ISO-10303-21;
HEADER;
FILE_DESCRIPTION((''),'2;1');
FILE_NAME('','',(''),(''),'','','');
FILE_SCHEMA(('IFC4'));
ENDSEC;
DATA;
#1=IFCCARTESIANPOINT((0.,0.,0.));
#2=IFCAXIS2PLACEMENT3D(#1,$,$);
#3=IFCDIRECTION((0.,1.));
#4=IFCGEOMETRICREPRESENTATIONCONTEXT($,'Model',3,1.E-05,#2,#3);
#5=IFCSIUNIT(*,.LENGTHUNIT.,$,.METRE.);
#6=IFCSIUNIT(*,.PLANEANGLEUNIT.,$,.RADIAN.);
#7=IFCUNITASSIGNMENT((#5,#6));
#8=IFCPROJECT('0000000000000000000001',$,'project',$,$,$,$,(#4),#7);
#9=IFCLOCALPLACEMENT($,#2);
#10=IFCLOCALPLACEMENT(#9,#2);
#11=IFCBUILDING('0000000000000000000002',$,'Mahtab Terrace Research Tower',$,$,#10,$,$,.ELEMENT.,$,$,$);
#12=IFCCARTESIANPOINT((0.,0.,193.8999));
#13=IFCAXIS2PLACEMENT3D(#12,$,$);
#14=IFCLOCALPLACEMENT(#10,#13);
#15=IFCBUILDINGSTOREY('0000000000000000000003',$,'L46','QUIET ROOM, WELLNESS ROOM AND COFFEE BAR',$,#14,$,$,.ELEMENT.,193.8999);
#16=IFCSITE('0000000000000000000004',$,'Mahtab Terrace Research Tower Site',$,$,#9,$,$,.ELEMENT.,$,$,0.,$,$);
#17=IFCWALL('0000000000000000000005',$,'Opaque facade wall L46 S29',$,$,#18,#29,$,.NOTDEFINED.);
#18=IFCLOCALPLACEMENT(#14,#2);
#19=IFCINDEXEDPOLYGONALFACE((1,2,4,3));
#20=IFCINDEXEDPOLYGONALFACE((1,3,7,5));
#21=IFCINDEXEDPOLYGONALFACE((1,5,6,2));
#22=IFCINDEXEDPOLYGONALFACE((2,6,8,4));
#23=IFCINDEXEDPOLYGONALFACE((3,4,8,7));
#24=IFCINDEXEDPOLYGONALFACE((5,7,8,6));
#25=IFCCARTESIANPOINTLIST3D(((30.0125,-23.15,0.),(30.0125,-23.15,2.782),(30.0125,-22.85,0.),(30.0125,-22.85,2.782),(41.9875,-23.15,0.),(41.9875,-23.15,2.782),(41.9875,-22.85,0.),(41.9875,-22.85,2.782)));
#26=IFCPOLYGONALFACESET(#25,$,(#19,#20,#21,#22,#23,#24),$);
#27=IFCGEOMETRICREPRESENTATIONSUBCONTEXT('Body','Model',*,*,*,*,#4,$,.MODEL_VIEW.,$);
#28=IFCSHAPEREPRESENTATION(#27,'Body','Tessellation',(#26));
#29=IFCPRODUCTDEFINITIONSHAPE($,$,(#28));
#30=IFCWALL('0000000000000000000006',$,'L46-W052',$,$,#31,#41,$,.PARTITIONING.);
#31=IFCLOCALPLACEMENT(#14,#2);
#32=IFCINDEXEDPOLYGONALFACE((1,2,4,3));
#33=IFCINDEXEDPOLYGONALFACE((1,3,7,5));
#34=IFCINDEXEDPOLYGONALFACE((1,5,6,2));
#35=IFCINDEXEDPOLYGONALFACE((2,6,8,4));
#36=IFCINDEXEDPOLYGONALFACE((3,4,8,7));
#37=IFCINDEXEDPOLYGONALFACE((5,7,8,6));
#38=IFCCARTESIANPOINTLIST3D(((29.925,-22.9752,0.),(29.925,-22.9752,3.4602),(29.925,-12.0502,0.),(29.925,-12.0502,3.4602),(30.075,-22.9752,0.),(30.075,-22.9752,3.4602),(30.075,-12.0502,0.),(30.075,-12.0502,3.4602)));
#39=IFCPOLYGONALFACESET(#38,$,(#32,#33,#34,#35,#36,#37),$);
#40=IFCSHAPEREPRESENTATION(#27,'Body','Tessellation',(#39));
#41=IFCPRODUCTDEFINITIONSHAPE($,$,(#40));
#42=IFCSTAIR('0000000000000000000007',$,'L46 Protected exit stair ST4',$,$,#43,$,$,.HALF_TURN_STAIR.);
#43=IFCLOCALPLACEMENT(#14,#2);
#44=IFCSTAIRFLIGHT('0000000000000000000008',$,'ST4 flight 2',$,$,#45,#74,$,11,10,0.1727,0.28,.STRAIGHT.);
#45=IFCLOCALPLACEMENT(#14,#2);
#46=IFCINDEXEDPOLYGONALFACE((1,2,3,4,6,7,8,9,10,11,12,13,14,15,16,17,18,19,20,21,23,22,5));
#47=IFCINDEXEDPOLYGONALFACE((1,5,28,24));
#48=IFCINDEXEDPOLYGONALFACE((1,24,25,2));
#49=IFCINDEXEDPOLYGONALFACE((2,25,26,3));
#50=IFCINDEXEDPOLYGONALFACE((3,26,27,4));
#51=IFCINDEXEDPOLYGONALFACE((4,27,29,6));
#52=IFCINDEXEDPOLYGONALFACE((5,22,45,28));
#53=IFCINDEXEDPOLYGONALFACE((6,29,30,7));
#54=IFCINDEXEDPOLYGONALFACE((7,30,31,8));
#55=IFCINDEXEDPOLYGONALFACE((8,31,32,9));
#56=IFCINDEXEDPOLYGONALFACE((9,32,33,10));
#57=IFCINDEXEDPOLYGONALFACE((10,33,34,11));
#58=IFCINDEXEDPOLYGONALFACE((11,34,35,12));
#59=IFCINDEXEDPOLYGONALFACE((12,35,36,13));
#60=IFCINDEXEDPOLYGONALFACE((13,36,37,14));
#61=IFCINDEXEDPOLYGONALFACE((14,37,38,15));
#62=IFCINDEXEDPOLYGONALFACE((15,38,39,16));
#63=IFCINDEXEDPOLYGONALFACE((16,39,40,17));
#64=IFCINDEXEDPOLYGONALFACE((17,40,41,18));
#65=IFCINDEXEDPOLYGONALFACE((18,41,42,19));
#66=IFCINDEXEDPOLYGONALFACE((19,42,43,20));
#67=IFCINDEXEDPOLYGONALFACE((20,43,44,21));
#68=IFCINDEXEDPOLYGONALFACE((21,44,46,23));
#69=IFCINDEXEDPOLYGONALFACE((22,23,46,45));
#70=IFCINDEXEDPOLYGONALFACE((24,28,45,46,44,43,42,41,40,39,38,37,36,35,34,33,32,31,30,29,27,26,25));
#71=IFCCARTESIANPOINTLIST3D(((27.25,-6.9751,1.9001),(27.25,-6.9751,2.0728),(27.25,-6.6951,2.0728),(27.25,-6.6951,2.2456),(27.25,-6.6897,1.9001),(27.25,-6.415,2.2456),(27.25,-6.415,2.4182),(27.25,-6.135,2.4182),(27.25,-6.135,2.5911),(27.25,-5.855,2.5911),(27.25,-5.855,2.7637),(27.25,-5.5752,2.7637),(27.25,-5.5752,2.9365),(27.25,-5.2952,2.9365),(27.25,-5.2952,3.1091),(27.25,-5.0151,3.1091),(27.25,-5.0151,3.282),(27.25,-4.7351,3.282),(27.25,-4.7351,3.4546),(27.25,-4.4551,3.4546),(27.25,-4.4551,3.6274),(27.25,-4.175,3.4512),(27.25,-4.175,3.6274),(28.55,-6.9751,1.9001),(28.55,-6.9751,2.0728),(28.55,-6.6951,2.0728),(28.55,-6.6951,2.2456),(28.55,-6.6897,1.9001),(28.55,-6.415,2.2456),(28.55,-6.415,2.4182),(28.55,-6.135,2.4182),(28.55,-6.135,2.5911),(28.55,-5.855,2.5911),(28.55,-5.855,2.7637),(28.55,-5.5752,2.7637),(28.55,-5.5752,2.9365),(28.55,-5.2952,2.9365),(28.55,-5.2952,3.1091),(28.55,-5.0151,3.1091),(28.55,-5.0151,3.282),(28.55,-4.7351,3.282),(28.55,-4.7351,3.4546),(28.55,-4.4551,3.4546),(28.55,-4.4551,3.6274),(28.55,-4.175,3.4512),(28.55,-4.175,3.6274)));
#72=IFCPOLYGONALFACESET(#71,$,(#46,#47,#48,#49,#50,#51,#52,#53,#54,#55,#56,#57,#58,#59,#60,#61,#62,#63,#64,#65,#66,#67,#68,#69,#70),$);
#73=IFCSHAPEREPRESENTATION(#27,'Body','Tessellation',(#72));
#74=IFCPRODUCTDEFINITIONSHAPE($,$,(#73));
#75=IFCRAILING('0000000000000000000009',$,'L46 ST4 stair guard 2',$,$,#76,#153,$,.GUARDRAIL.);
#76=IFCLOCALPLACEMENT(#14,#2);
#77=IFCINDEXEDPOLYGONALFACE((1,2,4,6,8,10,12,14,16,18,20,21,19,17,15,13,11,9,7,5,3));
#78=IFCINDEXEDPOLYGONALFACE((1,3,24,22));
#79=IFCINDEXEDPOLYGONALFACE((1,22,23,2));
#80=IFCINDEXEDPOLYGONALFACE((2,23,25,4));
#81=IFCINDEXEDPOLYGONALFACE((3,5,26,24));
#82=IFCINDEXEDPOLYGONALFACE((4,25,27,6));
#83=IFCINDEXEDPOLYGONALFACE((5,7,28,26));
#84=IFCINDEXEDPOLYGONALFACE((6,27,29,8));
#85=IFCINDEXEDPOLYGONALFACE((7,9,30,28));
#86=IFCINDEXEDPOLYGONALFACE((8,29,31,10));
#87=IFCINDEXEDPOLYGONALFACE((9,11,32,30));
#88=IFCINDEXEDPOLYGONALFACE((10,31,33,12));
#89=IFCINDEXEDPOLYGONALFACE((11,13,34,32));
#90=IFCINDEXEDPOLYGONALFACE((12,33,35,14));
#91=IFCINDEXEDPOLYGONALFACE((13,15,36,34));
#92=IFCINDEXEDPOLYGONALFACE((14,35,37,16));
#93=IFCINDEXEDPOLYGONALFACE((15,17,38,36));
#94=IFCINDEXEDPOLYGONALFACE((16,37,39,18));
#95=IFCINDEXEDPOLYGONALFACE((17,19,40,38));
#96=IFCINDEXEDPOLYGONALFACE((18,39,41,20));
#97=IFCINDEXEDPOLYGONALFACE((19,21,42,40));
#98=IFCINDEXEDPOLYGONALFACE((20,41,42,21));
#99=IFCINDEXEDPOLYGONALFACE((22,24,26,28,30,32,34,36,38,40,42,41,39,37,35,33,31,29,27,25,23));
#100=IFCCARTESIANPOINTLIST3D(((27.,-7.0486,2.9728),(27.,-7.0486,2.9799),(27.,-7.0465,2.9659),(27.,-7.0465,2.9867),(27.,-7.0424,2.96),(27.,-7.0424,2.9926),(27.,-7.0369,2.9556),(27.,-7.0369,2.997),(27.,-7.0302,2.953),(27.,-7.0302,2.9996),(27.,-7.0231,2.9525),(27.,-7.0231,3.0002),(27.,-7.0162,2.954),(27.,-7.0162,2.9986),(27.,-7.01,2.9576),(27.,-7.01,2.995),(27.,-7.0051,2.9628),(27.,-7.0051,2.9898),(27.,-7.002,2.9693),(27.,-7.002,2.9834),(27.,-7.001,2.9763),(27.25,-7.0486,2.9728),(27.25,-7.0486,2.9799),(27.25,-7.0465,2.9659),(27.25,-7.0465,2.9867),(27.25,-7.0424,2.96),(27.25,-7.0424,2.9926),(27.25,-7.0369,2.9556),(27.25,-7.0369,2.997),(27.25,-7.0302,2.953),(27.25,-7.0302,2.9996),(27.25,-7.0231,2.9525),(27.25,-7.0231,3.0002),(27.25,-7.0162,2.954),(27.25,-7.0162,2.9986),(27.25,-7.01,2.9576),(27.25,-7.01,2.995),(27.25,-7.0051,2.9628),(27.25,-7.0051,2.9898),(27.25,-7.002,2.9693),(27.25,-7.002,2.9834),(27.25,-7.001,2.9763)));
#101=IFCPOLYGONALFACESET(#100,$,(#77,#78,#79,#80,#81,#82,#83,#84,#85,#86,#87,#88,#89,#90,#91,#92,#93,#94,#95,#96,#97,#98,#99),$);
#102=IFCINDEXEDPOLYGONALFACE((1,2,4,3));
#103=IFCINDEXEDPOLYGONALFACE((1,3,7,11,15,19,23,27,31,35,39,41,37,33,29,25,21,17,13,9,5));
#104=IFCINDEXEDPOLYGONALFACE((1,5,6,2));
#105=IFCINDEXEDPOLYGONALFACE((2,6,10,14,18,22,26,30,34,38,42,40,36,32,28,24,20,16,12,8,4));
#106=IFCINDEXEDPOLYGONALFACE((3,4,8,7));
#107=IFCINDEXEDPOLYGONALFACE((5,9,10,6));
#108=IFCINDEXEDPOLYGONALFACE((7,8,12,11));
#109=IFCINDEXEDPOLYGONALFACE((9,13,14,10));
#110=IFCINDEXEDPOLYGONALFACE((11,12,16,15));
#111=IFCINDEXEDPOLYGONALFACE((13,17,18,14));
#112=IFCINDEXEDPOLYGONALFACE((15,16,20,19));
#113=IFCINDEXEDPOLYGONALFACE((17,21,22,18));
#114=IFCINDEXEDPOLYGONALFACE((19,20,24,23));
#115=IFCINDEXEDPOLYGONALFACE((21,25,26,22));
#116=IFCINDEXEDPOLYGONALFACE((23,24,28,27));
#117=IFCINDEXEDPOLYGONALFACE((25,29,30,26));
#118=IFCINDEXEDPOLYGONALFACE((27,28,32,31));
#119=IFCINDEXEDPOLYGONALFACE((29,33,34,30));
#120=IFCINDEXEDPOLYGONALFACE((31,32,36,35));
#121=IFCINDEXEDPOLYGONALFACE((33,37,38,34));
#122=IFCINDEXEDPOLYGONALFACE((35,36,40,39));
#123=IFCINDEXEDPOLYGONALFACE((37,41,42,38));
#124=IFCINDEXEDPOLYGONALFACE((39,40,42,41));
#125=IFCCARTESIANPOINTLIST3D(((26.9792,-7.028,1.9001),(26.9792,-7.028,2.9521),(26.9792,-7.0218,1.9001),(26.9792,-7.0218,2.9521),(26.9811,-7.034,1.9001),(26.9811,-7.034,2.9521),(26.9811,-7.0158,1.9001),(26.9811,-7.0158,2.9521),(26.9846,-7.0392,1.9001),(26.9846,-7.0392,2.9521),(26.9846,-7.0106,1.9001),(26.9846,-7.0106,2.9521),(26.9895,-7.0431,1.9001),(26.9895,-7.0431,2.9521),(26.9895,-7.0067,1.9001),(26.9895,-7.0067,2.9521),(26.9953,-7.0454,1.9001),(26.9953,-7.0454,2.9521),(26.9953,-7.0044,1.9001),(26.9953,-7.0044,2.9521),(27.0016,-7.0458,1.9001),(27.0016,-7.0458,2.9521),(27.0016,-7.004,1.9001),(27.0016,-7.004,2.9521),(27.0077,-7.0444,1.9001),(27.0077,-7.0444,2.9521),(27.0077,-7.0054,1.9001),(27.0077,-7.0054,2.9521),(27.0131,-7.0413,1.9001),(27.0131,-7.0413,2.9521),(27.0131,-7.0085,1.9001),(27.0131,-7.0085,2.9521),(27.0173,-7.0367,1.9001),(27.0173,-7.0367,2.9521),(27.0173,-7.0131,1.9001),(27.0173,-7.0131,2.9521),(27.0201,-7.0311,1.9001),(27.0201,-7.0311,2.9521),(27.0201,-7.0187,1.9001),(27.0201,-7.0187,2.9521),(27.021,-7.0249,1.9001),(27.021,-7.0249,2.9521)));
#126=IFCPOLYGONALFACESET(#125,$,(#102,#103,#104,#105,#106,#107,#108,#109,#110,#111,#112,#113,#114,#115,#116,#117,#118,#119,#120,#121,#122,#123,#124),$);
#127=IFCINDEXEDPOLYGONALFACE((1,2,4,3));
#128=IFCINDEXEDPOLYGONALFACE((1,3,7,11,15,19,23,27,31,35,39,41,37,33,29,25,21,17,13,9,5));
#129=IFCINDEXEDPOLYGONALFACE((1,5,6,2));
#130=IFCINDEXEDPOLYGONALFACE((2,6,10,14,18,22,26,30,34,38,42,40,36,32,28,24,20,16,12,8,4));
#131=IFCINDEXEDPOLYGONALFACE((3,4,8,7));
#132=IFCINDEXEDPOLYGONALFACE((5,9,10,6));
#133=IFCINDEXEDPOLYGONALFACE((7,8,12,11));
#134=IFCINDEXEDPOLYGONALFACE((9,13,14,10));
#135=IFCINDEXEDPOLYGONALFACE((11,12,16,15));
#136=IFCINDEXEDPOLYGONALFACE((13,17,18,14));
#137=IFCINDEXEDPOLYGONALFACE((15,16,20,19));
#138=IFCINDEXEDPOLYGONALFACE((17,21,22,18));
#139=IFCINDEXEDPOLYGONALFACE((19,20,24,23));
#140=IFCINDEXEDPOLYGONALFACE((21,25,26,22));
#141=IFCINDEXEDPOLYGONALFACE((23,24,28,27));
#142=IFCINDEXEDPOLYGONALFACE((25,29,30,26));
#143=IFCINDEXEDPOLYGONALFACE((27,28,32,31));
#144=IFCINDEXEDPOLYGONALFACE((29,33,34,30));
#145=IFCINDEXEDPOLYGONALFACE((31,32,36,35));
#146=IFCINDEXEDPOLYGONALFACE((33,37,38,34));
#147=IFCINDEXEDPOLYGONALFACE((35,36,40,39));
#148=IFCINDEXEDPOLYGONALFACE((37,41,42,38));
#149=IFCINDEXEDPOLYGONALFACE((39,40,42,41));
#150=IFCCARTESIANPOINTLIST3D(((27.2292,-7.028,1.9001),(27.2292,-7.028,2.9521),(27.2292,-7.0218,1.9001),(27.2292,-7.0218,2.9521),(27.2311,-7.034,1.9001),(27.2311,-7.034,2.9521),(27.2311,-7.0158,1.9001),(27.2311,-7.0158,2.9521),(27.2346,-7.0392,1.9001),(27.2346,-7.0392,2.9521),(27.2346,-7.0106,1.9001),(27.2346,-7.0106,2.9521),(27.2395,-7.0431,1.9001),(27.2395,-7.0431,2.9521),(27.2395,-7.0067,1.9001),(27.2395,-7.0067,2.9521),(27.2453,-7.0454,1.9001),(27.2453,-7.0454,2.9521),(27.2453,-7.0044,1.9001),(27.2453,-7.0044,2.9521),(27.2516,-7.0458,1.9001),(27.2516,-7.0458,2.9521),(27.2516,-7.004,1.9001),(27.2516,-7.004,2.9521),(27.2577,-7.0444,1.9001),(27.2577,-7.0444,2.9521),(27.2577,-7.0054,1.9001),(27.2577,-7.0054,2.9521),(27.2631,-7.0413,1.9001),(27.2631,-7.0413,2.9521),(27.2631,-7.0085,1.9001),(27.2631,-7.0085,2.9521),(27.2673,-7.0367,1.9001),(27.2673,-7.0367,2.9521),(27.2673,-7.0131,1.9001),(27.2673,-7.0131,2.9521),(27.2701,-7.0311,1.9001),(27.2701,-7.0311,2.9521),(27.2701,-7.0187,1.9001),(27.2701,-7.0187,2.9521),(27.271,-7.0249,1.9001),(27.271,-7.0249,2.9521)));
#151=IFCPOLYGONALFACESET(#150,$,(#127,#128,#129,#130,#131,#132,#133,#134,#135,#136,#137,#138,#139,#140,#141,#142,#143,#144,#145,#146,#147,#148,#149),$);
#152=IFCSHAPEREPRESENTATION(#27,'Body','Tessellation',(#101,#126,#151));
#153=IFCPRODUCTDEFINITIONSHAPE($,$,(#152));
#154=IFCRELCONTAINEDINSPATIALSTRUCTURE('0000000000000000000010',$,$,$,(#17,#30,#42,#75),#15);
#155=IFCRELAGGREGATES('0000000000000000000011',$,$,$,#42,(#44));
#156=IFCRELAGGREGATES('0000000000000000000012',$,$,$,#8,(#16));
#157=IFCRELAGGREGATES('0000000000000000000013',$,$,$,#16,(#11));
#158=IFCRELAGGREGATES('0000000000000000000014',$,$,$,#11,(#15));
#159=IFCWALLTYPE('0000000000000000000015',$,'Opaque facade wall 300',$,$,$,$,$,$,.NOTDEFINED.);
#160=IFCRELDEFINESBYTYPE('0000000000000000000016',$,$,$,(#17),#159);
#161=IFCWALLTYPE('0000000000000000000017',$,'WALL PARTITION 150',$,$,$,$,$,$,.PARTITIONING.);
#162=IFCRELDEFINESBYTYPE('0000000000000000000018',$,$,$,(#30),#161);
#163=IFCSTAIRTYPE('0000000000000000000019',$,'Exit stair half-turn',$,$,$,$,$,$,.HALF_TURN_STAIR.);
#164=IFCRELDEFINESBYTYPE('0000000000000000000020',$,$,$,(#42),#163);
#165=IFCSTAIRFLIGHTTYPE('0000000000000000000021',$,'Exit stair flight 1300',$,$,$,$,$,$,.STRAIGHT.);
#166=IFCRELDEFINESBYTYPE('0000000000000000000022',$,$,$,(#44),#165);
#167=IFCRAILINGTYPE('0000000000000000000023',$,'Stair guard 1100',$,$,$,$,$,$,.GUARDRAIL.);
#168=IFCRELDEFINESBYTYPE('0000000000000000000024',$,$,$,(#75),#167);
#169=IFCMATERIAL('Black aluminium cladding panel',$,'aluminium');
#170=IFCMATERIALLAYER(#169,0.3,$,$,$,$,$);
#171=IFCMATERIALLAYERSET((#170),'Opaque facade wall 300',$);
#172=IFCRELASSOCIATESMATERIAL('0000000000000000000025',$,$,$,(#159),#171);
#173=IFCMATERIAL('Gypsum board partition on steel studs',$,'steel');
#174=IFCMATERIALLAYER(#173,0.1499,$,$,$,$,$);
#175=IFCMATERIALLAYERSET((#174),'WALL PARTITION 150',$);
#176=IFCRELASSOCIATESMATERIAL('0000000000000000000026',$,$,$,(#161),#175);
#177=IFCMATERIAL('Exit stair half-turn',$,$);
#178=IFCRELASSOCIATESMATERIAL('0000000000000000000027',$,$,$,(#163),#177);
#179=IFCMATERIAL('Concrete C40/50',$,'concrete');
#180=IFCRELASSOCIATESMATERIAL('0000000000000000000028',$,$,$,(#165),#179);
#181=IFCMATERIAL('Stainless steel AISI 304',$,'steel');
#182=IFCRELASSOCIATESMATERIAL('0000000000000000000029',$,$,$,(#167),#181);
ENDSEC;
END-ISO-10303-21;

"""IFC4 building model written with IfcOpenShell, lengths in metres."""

from ifc_helpers import new_model, si_unit, direction, frame, frame_2d, origin, origin_2d, place, context, subcontext, project, spatial, polyline, rectangle, circle, outline, extrude, material, layer, layer_set, type_object, element, aggregate, save


model = new_model("IFC4")

# Units and contexts
model_context = context("Model", 3, precision=1e-05, world=origin(), true_north=direction((0.0, 1.0)))
body_context = subcontext(model_context, "Body", "Model", "MODEL_VIEW")
ifc_project = project(units=[si_unit("LENGTHUNIT", "METRE"), si_unit("PLANEANGLEUNIT", "RADIAN")], contexts=[model_context])

# Site, building, storey
site_placement = place(None, origin())
site = spatial("IfcSite", under=ifc_project, at=site_placement, Name="Mahtab Terrace Research Tower Site", CompositionType="ELEMENT", RefElevation=0.0)
building_placement = place(site_placement, origin())
building = spatial("IfcBuilding", under=site, at=building_placement, Name="Mahtab Terrace Research Tower", CompositionType="ELEMENT")
storey_placement = place(building_placement, frame((0.0, 0.0, 193.8999)))
storey = spatial("IfcBuildingStorey", under=building, at=storey_placement, Name="L46", Description="QUIET ROOM, WELLNESS ROOM AND COFFEE BAR", CompositionType="ELEMENT", Elevation=193.8999)

# Walls
ifc_material_1 = material(Name="Black aluminium cladding panel", Category="aluminium")
ifc_layer_1 = layer(ifc_material_1, 0.3)
ifc_layer_set_1 = layer_set([ifc_layer_1], Name="Opaque facade wall 300")
wall_type_1 = type_object("IfcWallType", Name="Opaque facade wall 300", PredefinedType="NOTDEFINED", material=ifc_layer_set_1)
wall_1_placement = place(storey_placement, frame((30.0125, -23.0, 0.0), z_axis=(0.0, 0.0, 1.0), x_axis=(1.0, 0.0, 0.0)))
element("IfcWall", 1, at=wall_1_placement, inside=storey, type_object=wall_type_1, Name="Opaque facade wall L46 S29", PredefinedType="NOTDEFINED", context=body_context, shape_type="SweptSolid", body=[
    extrude(rectangle(XDim=11.9751, YDim=0.3, at=frame_2d((5.9875, 0.0))), origin(), (0.0, 0.0, 1.0), 2.782),
])
ifc_material_2 = material(Name="Gypsum board partition on steel studs", Category="steel")
ifc_layer_2 = layer(ifc_material_2, 0.1499)
ifc_layer_set_2 = layer_set([ifc_layer_2], Name="WALL PARTITION 150")
wall_type_2 = type_object("IfcWallType", Name="WALL PARTITION 150", PredefinedType="PARTITIONING", material=ifc_layer_set_2)
wall_2_placement = place(storey_placement, frame((30.0, -22.9751, 0.0), z_axis=(0.0, 0.0, 1.0), x_axis=(0.0, 1.0, 0.0)))
element("IfcWall", 2, at=wall_2_placement, inside=storey, type_object=wall_type_2, Name="L46-W052", PredefinedType="PARTITIONING", context=body_context, shape_type="SweptSolid", body=[
    extrude(rectangle(XDim=10.925, YDim=0.1499, at=frame_2d((5.4624, 0.0))), origin(), (0.0, 0.0, 1.0), 3.4602),
])

# Stair, stair flight
ifc_material_3 = material(Name="Exit stair half-turn")
stair_type = type_object("IfcStairType", Name="Exit stair half-turn", PredefinedType="HALF_TURN_STAIR", material=ifc_material_3)
stair_placement = place(storey_placement, origin())
stair = element("IfcStair", 3, at=stair_placement, inside=storey, type_object=stair_type, Name="L46 Protected exit stair ST4", PredefinedType="HALF_TURN_STAIR")
ifc_material_4 = material(Name="Concrete C40/50", Category="concrete")
stair_flight_type = type_object("IfcStairFlightType", Name="Exit stair flight 1300", PredefinedType="STRAIGHT", material=ifc_material_4)
stair_flight_placement = place(storey_placement, frame((27.8999, -6.9751, 1.9001), z_axis=(0.0, 0.0, 1.0), x_axis=(0.0, 1.0, 0.0)))
stair_flight = element("IfcStairFlight", 4, at=stair_flight_placement, type_object=stair_flight_type, Name="ST4 flight 2", NumberOfRisers=11, NumberOfTreads=10, PredefinedType="STRAIGHT", RiserHeight=0.1727, TreadLength=0.28, context=body_context, shape_type="SweptSolid", body=[
    extrude(outline(polyline([(0.0, 0.0), (0.0, 0.1726), (0.28, 0.1726), (0.28, 0.3455), (0.5601, 0.3455), (0.5601, 0.5181), (0.8401, 0.5181), (0.8401, 0.6909), (1.1201, 0.6909), (1.1201, 0.8635), (1.3999, 0.8635), (1.3999, 1.0364), (1.6799, 1.0364), (1.6799, 1.209), (1.96, 1.209), (1.96, 1.3818), (2.24, 1.3818), (2.24, 1.5544), (2.52, 1.5544), (2.52, 1.7273), (2.8, 1.7273), (2.8, 1.8999), (2.8, 1.551), (0.2854, 0.0), (0.0, 0.0)])), frame((0.0, 0.6499, 0.0), z_axis=(0.0, -1.0, 0.0), x_axis=(1.0, 0.0, 0.0)), (0.0, 0.0, 1.0), 1.3),
])
aggregate(stair, [stair_flight])

# Railing
ifc_material_5 = material(Name="Stainless steel AISI 304", Category="steel")
railing_type_1 = type_object("IfcRailingType", Name="Stair guard 1100", PredefinedType="GUARDRAIL", material=ifc_material_5)
railing_1_placement = place(storey_placement, frame((27.0, -7.0249, 1.9001)))
element("IfcRailing", 5, at=railing_1_placement, inside=storey, type_object=railing_type_1, Name="L46 ST4 stair guard 2", PredefinedType="GUARDRAIL", context=body_context, shape_type="SweptSolid", body=[
    extrude(circle(Radius=0.0239, at=origin_2d()), frame((0.0, 0.0, 1.0762), z_axis=(1.0, 0.0, 0.0), x_axis=(0.0, 1.0, 0.0)), (0.0, 0.0, 1.0), 0.25),
    extrude(circle(Radius=0.021, at=origin_2d()), origin(), (0.0, 0.0, 1.0), 1.052),
    extrude(circle(Radius=0.021, at=origin_2d()), frame((0.25, 0.0, 0.0)), (0.0, 0.0, 1.0), 1.052),
])

save(model, "model.ifc")
